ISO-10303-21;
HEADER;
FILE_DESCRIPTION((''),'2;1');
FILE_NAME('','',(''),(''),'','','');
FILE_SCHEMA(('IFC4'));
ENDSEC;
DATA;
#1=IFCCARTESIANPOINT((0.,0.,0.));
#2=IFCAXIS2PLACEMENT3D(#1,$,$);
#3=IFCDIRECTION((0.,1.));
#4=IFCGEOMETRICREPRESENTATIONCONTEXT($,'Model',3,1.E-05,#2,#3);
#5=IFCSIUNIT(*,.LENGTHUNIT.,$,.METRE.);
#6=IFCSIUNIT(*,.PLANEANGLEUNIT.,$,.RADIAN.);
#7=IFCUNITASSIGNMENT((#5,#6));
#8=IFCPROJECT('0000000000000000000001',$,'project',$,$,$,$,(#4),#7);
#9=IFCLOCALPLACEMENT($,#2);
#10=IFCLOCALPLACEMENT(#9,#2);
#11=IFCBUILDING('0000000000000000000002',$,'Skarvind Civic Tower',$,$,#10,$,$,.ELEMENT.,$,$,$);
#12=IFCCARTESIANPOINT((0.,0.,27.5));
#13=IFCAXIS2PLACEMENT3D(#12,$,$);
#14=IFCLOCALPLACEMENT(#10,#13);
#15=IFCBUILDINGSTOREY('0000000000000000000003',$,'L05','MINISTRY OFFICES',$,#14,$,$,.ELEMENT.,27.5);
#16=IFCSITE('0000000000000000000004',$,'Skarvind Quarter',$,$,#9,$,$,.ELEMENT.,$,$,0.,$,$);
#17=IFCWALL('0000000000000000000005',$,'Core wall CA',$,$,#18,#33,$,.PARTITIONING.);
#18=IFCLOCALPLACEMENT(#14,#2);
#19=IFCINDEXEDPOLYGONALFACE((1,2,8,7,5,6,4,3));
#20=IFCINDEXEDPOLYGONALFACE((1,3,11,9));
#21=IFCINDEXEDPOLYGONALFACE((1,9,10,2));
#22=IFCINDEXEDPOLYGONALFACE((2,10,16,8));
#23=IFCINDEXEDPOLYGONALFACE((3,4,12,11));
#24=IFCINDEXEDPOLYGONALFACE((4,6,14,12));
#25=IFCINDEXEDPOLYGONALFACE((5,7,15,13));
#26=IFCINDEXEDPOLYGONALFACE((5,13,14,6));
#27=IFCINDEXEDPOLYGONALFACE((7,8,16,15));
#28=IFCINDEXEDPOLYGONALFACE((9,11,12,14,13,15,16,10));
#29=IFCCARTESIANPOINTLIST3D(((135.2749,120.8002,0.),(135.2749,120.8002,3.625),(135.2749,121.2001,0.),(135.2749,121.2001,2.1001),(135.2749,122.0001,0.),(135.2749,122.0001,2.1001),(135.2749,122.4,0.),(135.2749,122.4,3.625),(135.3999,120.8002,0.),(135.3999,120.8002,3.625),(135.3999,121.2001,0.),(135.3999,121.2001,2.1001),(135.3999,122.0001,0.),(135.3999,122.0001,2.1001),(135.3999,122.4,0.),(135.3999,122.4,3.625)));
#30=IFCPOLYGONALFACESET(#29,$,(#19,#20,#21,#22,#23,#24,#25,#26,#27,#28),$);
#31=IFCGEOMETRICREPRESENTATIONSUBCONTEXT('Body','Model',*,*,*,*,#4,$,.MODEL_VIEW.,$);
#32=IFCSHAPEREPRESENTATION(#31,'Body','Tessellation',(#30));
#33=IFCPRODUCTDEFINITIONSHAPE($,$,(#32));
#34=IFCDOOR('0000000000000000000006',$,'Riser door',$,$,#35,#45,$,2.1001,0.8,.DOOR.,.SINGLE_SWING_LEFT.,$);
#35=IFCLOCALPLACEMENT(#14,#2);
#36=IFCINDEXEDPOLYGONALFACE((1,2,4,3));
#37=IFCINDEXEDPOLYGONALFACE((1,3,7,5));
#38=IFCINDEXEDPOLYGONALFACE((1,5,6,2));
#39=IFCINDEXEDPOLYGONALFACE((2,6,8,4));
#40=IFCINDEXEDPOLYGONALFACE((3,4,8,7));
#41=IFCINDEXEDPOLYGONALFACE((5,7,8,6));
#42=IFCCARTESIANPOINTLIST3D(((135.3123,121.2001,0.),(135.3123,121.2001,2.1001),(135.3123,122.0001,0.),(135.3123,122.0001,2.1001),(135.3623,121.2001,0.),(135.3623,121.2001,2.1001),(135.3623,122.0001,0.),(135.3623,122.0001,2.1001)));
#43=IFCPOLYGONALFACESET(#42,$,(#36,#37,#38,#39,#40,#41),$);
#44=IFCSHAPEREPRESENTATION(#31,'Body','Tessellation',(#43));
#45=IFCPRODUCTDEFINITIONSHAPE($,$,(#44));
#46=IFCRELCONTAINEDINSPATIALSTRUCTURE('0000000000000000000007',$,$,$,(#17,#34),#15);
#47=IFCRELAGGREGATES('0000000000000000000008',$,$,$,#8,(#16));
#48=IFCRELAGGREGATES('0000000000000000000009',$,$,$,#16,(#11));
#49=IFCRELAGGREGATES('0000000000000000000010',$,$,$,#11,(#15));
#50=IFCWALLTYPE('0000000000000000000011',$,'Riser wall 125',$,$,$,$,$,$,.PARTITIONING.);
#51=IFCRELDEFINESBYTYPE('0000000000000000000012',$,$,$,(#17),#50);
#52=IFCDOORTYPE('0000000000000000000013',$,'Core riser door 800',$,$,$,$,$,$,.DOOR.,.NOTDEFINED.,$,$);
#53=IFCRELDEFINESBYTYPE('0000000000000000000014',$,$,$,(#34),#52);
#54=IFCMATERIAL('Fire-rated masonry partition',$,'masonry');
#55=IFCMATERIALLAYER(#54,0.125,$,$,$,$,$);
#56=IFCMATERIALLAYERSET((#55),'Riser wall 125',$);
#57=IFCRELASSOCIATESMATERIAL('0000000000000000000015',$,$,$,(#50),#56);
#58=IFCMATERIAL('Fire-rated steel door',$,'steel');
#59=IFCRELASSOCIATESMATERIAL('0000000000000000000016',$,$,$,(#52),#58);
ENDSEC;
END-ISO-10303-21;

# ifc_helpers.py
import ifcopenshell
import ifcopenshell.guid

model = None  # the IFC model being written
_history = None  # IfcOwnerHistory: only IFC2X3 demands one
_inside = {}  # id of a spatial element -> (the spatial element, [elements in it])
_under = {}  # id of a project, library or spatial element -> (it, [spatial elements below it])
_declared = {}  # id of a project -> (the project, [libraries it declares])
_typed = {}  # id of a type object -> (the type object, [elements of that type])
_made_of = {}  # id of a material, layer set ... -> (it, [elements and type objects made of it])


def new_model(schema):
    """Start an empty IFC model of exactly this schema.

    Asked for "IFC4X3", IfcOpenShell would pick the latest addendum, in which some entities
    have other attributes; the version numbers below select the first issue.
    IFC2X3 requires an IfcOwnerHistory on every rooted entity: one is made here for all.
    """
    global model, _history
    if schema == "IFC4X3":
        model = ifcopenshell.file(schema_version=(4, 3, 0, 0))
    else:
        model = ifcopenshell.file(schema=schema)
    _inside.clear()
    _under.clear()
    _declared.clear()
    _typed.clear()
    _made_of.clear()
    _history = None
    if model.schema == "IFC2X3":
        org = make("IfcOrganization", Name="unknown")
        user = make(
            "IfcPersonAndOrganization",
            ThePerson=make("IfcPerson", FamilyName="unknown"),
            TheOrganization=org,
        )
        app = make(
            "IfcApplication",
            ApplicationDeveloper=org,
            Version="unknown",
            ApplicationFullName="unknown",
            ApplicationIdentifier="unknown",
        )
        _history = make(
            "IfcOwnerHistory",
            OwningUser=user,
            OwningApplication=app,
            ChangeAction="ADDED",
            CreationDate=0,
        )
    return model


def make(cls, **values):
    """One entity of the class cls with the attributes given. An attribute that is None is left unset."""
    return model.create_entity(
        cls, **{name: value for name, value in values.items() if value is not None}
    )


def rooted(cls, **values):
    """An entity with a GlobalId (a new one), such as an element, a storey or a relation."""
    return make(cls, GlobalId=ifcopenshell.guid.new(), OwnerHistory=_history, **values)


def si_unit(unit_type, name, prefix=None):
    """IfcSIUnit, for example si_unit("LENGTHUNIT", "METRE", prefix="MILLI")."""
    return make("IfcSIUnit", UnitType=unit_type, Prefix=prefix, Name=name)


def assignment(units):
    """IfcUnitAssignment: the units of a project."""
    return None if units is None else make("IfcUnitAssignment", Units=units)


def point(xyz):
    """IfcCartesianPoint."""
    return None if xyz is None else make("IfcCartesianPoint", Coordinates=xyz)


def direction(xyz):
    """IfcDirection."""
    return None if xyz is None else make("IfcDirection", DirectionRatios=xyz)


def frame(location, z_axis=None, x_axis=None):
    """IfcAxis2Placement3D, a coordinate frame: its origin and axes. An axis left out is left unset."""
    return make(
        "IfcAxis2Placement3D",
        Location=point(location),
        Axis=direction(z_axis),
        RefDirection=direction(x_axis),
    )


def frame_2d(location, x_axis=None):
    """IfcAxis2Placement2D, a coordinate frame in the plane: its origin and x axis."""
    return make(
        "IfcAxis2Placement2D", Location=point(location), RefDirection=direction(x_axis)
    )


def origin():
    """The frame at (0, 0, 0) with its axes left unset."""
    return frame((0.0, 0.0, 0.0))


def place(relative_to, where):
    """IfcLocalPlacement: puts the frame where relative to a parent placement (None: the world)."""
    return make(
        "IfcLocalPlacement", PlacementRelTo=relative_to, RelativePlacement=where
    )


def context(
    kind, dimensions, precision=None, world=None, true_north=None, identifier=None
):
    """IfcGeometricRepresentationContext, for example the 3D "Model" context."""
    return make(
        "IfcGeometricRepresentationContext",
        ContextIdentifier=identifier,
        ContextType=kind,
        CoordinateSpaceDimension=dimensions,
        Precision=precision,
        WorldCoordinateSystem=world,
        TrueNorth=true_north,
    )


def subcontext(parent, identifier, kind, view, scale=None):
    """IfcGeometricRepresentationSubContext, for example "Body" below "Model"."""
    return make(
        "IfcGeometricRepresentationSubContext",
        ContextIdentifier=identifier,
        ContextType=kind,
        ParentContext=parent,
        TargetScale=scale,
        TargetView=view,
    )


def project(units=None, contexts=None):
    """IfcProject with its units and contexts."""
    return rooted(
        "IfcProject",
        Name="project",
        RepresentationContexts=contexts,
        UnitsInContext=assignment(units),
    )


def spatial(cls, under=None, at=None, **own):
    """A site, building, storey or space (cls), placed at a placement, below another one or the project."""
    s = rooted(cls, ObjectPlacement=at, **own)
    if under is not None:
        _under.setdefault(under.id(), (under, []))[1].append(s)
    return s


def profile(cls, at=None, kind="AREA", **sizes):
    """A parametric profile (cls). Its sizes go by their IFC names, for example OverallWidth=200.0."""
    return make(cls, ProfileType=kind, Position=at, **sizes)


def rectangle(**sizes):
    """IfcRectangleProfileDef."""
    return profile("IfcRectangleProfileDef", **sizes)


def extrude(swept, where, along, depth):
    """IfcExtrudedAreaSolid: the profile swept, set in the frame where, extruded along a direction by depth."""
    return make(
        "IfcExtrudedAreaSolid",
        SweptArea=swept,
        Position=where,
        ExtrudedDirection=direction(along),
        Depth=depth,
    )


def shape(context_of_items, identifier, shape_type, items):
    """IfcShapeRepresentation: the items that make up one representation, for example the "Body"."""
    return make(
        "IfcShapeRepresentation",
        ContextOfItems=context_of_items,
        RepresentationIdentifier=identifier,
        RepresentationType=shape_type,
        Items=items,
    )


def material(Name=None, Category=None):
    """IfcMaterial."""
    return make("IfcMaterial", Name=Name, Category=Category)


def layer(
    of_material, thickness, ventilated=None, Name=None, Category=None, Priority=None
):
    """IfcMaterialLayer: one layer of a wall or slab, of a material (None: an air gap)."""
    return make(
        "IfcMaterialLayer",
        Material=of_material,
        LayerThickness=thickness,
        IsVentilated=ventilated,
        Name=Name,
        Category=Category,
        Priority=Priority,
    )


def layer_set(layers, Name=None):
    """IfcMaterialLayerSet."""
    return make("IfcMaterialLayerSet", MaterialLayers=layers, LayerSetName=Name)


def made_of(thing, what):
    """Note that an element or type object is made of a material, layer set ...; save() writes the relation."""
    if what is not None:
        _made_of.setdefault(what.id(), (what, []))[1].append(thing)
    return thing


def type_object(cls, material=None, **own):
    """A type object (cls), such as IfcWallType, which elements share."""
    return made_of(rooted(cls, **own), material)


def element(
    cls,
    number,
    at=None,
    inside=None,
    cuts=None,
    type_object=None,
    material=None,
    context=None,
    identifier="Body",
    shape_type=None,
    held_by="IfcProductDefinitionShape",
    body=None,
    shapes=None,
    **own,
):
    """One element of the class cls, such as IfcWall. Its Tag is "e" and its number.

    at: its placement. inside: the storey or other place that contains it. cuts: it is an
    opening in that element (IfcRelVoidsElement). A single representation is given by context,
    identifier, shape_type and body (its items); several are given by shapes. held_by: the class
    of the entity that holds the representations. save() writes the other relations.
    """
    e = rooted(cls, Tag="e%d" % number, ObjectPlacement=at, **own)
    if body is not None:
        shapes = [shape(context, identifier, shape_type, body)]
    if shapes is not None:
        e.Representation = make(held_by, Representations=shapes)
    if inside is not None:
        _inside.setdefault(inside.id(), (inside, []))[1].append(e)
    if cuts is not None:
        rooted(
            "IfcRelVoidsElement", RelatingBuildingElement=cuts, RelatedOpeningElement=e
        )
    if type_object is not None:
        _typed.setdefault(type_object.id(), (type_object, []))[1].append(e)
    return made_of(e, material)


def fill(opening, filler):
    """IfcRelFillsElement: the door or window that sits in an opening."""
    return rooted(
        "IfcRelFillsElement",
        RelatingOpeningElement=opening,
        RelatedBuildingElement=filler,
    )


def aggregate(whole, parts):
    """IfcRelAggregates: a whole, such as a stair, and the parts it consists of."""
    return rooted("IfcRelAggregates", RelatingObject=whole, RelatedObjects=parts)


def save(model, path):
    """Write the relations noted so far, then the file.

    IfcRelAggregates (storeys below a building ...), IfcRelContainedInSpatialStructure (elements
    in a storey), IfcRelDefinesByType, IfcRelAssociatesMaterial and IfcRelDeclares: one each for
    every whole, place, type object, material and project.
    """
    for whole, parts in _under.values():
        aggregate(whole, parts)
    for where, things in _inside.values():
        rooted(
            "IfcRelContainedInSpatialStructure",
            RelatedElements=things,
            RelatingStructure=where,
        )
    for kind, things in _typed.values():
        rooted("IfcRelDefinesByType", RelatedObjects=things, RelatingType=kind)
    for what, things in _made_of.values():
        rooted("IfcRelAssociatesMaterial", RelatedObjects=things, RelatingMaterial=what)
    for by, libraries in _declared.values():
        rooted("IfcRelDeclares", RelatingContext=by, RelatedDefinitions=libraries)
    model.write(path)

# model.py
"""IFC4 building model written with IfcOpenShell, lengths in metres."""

from ifc_helpers import new_model, si_unit, direction, frame, frame_2d, origin, place, context, subcontext, project, spatial, rectangle, extrude, material, layer, layer_set, type_object, element, fill, save


model = new_model("IFC4")

# Units and contexts
model_context = context("Model", 3, precision=1e-05, world=origin(), true_north=direction((0.0, 1.0)))
body_context = subcontext(model_context, "Body", "Model", "MODEL_VIEW")
ifc_project = project(units=[si_unit("LENGTHUNIT", "METRE"), si_unit("PLANEANGLEUNIT", "RADIAN")], contexts=[model_context])

# Site, building, storey
site_placement = place(None, origin())
site = spatial("IfcSite", under=ifc_project, at=site_placement, Name="Skarvind Quarter", CompositionType="ELEMENT", RefElevation=0.0)
building_placement = place(site_placement, origin())
building = spatial("IfcBuilding", under=site, at=building_placement, Name="Skarvind Civic Tower", CompositionType="ELEMENT")
storey_placement = place(building_placement, frame((0.0, 0.0, 27.5)))
storey = spatial("IfcBuildingStorey", under=building, at=storey_placement, Name="L05", Description="MINISTRY OFFICES", CompositionType="ELEMENT", Elevation=27.5)

# Shared definitions
ifc_material_1 = material(Name="Fire-rated masonry partition", Category="masonry")
ifc_material_2 = material(Name="Fire-rated steel door", Category="steel")

# Wall, opening, door
ifc_layer_1 = layer(ifc_material_1, 0.125)
ifc_layer_set_1 = layer_set([ifc_layer_1], Name="Riser wall 125")
wall_type_1 = type_object("IfcWallType", Name="Riser wall 125", PredefinedType="PARTITIONING", material=ifc_layer_set_1)
wall_1_placement = place(storey_placement, frame((135.3374, 122.3999, 0.0), z_axis=(0.0, 0.0, 1.0), x_axis=(0.0, -1.0, 0.0)))
wall_1 = element("IfcWall", 1, at=wall_1_placement, inside=storey, type_object=wall_type_1, Name="Core wall CA", PredefinedType="PARTITIONING", context=body_context, shape_type="SweptSolid", body=[
    extrude(rectangle(XDim=1.5999, YDim=0.125, at=frame_2d((0.7998, 0.0))), origin(), (0.0, 0.0, 1.0), 3.625),
])
opening_1_placement = place(wall_1_placement, frame((0.3999, 0.0, 0.0)))
opening_1 = element("IfcOpeningElement", 2, at=opening_1_placement, cuts=wall_1, PredefinedType="OPENING", context=body_context, shape_type="SweptSolid", body=[
    extrude(rectangle(XDim=0.8, YDim=2.1001, at=frame_2d((0.3999, 1.05))), frame((0.0, 0.0725, 0.0), z_axis=(0.0, -1.0, 0.0), x_axis=(1.0, 0.0, 0.0)), (0.0, 0.0, 1.0), 0.145),
])
door_type_1 = type_object("IfcDoorType", Name="Core riser door 800", OperationType="NOTDEFINED", PredefinedType="DOOR", material=ifc_material_2)
door_1_placement = place(opening_1_placement, origin())
door_1 = element("IfcDoor", 3, at=door_1_placement, inside=storey, type_object=door_type_1, Name="Riser door", OperationType="SINGLE_SWING_LEFT", OverallHeight=2.1001, OverallWidth=0.8, PredefinedType="DOOR", context=body_context, shape_type="SweptSolid", body=[
    extrude(rectangle(XDim=0.8, YDim=2.1001, at=frame_2d((0.3999, 1.05))), frame((0.0, 0.0249, 0.0), z_axis=(0.0, -1.0, 0.0), x_axis=(1.0, 0.0, 0.0)), (0.0, 0.0, 1.0), 0.05),
])
fill(opening_1, door_1)

save(model, "model.ifc")
